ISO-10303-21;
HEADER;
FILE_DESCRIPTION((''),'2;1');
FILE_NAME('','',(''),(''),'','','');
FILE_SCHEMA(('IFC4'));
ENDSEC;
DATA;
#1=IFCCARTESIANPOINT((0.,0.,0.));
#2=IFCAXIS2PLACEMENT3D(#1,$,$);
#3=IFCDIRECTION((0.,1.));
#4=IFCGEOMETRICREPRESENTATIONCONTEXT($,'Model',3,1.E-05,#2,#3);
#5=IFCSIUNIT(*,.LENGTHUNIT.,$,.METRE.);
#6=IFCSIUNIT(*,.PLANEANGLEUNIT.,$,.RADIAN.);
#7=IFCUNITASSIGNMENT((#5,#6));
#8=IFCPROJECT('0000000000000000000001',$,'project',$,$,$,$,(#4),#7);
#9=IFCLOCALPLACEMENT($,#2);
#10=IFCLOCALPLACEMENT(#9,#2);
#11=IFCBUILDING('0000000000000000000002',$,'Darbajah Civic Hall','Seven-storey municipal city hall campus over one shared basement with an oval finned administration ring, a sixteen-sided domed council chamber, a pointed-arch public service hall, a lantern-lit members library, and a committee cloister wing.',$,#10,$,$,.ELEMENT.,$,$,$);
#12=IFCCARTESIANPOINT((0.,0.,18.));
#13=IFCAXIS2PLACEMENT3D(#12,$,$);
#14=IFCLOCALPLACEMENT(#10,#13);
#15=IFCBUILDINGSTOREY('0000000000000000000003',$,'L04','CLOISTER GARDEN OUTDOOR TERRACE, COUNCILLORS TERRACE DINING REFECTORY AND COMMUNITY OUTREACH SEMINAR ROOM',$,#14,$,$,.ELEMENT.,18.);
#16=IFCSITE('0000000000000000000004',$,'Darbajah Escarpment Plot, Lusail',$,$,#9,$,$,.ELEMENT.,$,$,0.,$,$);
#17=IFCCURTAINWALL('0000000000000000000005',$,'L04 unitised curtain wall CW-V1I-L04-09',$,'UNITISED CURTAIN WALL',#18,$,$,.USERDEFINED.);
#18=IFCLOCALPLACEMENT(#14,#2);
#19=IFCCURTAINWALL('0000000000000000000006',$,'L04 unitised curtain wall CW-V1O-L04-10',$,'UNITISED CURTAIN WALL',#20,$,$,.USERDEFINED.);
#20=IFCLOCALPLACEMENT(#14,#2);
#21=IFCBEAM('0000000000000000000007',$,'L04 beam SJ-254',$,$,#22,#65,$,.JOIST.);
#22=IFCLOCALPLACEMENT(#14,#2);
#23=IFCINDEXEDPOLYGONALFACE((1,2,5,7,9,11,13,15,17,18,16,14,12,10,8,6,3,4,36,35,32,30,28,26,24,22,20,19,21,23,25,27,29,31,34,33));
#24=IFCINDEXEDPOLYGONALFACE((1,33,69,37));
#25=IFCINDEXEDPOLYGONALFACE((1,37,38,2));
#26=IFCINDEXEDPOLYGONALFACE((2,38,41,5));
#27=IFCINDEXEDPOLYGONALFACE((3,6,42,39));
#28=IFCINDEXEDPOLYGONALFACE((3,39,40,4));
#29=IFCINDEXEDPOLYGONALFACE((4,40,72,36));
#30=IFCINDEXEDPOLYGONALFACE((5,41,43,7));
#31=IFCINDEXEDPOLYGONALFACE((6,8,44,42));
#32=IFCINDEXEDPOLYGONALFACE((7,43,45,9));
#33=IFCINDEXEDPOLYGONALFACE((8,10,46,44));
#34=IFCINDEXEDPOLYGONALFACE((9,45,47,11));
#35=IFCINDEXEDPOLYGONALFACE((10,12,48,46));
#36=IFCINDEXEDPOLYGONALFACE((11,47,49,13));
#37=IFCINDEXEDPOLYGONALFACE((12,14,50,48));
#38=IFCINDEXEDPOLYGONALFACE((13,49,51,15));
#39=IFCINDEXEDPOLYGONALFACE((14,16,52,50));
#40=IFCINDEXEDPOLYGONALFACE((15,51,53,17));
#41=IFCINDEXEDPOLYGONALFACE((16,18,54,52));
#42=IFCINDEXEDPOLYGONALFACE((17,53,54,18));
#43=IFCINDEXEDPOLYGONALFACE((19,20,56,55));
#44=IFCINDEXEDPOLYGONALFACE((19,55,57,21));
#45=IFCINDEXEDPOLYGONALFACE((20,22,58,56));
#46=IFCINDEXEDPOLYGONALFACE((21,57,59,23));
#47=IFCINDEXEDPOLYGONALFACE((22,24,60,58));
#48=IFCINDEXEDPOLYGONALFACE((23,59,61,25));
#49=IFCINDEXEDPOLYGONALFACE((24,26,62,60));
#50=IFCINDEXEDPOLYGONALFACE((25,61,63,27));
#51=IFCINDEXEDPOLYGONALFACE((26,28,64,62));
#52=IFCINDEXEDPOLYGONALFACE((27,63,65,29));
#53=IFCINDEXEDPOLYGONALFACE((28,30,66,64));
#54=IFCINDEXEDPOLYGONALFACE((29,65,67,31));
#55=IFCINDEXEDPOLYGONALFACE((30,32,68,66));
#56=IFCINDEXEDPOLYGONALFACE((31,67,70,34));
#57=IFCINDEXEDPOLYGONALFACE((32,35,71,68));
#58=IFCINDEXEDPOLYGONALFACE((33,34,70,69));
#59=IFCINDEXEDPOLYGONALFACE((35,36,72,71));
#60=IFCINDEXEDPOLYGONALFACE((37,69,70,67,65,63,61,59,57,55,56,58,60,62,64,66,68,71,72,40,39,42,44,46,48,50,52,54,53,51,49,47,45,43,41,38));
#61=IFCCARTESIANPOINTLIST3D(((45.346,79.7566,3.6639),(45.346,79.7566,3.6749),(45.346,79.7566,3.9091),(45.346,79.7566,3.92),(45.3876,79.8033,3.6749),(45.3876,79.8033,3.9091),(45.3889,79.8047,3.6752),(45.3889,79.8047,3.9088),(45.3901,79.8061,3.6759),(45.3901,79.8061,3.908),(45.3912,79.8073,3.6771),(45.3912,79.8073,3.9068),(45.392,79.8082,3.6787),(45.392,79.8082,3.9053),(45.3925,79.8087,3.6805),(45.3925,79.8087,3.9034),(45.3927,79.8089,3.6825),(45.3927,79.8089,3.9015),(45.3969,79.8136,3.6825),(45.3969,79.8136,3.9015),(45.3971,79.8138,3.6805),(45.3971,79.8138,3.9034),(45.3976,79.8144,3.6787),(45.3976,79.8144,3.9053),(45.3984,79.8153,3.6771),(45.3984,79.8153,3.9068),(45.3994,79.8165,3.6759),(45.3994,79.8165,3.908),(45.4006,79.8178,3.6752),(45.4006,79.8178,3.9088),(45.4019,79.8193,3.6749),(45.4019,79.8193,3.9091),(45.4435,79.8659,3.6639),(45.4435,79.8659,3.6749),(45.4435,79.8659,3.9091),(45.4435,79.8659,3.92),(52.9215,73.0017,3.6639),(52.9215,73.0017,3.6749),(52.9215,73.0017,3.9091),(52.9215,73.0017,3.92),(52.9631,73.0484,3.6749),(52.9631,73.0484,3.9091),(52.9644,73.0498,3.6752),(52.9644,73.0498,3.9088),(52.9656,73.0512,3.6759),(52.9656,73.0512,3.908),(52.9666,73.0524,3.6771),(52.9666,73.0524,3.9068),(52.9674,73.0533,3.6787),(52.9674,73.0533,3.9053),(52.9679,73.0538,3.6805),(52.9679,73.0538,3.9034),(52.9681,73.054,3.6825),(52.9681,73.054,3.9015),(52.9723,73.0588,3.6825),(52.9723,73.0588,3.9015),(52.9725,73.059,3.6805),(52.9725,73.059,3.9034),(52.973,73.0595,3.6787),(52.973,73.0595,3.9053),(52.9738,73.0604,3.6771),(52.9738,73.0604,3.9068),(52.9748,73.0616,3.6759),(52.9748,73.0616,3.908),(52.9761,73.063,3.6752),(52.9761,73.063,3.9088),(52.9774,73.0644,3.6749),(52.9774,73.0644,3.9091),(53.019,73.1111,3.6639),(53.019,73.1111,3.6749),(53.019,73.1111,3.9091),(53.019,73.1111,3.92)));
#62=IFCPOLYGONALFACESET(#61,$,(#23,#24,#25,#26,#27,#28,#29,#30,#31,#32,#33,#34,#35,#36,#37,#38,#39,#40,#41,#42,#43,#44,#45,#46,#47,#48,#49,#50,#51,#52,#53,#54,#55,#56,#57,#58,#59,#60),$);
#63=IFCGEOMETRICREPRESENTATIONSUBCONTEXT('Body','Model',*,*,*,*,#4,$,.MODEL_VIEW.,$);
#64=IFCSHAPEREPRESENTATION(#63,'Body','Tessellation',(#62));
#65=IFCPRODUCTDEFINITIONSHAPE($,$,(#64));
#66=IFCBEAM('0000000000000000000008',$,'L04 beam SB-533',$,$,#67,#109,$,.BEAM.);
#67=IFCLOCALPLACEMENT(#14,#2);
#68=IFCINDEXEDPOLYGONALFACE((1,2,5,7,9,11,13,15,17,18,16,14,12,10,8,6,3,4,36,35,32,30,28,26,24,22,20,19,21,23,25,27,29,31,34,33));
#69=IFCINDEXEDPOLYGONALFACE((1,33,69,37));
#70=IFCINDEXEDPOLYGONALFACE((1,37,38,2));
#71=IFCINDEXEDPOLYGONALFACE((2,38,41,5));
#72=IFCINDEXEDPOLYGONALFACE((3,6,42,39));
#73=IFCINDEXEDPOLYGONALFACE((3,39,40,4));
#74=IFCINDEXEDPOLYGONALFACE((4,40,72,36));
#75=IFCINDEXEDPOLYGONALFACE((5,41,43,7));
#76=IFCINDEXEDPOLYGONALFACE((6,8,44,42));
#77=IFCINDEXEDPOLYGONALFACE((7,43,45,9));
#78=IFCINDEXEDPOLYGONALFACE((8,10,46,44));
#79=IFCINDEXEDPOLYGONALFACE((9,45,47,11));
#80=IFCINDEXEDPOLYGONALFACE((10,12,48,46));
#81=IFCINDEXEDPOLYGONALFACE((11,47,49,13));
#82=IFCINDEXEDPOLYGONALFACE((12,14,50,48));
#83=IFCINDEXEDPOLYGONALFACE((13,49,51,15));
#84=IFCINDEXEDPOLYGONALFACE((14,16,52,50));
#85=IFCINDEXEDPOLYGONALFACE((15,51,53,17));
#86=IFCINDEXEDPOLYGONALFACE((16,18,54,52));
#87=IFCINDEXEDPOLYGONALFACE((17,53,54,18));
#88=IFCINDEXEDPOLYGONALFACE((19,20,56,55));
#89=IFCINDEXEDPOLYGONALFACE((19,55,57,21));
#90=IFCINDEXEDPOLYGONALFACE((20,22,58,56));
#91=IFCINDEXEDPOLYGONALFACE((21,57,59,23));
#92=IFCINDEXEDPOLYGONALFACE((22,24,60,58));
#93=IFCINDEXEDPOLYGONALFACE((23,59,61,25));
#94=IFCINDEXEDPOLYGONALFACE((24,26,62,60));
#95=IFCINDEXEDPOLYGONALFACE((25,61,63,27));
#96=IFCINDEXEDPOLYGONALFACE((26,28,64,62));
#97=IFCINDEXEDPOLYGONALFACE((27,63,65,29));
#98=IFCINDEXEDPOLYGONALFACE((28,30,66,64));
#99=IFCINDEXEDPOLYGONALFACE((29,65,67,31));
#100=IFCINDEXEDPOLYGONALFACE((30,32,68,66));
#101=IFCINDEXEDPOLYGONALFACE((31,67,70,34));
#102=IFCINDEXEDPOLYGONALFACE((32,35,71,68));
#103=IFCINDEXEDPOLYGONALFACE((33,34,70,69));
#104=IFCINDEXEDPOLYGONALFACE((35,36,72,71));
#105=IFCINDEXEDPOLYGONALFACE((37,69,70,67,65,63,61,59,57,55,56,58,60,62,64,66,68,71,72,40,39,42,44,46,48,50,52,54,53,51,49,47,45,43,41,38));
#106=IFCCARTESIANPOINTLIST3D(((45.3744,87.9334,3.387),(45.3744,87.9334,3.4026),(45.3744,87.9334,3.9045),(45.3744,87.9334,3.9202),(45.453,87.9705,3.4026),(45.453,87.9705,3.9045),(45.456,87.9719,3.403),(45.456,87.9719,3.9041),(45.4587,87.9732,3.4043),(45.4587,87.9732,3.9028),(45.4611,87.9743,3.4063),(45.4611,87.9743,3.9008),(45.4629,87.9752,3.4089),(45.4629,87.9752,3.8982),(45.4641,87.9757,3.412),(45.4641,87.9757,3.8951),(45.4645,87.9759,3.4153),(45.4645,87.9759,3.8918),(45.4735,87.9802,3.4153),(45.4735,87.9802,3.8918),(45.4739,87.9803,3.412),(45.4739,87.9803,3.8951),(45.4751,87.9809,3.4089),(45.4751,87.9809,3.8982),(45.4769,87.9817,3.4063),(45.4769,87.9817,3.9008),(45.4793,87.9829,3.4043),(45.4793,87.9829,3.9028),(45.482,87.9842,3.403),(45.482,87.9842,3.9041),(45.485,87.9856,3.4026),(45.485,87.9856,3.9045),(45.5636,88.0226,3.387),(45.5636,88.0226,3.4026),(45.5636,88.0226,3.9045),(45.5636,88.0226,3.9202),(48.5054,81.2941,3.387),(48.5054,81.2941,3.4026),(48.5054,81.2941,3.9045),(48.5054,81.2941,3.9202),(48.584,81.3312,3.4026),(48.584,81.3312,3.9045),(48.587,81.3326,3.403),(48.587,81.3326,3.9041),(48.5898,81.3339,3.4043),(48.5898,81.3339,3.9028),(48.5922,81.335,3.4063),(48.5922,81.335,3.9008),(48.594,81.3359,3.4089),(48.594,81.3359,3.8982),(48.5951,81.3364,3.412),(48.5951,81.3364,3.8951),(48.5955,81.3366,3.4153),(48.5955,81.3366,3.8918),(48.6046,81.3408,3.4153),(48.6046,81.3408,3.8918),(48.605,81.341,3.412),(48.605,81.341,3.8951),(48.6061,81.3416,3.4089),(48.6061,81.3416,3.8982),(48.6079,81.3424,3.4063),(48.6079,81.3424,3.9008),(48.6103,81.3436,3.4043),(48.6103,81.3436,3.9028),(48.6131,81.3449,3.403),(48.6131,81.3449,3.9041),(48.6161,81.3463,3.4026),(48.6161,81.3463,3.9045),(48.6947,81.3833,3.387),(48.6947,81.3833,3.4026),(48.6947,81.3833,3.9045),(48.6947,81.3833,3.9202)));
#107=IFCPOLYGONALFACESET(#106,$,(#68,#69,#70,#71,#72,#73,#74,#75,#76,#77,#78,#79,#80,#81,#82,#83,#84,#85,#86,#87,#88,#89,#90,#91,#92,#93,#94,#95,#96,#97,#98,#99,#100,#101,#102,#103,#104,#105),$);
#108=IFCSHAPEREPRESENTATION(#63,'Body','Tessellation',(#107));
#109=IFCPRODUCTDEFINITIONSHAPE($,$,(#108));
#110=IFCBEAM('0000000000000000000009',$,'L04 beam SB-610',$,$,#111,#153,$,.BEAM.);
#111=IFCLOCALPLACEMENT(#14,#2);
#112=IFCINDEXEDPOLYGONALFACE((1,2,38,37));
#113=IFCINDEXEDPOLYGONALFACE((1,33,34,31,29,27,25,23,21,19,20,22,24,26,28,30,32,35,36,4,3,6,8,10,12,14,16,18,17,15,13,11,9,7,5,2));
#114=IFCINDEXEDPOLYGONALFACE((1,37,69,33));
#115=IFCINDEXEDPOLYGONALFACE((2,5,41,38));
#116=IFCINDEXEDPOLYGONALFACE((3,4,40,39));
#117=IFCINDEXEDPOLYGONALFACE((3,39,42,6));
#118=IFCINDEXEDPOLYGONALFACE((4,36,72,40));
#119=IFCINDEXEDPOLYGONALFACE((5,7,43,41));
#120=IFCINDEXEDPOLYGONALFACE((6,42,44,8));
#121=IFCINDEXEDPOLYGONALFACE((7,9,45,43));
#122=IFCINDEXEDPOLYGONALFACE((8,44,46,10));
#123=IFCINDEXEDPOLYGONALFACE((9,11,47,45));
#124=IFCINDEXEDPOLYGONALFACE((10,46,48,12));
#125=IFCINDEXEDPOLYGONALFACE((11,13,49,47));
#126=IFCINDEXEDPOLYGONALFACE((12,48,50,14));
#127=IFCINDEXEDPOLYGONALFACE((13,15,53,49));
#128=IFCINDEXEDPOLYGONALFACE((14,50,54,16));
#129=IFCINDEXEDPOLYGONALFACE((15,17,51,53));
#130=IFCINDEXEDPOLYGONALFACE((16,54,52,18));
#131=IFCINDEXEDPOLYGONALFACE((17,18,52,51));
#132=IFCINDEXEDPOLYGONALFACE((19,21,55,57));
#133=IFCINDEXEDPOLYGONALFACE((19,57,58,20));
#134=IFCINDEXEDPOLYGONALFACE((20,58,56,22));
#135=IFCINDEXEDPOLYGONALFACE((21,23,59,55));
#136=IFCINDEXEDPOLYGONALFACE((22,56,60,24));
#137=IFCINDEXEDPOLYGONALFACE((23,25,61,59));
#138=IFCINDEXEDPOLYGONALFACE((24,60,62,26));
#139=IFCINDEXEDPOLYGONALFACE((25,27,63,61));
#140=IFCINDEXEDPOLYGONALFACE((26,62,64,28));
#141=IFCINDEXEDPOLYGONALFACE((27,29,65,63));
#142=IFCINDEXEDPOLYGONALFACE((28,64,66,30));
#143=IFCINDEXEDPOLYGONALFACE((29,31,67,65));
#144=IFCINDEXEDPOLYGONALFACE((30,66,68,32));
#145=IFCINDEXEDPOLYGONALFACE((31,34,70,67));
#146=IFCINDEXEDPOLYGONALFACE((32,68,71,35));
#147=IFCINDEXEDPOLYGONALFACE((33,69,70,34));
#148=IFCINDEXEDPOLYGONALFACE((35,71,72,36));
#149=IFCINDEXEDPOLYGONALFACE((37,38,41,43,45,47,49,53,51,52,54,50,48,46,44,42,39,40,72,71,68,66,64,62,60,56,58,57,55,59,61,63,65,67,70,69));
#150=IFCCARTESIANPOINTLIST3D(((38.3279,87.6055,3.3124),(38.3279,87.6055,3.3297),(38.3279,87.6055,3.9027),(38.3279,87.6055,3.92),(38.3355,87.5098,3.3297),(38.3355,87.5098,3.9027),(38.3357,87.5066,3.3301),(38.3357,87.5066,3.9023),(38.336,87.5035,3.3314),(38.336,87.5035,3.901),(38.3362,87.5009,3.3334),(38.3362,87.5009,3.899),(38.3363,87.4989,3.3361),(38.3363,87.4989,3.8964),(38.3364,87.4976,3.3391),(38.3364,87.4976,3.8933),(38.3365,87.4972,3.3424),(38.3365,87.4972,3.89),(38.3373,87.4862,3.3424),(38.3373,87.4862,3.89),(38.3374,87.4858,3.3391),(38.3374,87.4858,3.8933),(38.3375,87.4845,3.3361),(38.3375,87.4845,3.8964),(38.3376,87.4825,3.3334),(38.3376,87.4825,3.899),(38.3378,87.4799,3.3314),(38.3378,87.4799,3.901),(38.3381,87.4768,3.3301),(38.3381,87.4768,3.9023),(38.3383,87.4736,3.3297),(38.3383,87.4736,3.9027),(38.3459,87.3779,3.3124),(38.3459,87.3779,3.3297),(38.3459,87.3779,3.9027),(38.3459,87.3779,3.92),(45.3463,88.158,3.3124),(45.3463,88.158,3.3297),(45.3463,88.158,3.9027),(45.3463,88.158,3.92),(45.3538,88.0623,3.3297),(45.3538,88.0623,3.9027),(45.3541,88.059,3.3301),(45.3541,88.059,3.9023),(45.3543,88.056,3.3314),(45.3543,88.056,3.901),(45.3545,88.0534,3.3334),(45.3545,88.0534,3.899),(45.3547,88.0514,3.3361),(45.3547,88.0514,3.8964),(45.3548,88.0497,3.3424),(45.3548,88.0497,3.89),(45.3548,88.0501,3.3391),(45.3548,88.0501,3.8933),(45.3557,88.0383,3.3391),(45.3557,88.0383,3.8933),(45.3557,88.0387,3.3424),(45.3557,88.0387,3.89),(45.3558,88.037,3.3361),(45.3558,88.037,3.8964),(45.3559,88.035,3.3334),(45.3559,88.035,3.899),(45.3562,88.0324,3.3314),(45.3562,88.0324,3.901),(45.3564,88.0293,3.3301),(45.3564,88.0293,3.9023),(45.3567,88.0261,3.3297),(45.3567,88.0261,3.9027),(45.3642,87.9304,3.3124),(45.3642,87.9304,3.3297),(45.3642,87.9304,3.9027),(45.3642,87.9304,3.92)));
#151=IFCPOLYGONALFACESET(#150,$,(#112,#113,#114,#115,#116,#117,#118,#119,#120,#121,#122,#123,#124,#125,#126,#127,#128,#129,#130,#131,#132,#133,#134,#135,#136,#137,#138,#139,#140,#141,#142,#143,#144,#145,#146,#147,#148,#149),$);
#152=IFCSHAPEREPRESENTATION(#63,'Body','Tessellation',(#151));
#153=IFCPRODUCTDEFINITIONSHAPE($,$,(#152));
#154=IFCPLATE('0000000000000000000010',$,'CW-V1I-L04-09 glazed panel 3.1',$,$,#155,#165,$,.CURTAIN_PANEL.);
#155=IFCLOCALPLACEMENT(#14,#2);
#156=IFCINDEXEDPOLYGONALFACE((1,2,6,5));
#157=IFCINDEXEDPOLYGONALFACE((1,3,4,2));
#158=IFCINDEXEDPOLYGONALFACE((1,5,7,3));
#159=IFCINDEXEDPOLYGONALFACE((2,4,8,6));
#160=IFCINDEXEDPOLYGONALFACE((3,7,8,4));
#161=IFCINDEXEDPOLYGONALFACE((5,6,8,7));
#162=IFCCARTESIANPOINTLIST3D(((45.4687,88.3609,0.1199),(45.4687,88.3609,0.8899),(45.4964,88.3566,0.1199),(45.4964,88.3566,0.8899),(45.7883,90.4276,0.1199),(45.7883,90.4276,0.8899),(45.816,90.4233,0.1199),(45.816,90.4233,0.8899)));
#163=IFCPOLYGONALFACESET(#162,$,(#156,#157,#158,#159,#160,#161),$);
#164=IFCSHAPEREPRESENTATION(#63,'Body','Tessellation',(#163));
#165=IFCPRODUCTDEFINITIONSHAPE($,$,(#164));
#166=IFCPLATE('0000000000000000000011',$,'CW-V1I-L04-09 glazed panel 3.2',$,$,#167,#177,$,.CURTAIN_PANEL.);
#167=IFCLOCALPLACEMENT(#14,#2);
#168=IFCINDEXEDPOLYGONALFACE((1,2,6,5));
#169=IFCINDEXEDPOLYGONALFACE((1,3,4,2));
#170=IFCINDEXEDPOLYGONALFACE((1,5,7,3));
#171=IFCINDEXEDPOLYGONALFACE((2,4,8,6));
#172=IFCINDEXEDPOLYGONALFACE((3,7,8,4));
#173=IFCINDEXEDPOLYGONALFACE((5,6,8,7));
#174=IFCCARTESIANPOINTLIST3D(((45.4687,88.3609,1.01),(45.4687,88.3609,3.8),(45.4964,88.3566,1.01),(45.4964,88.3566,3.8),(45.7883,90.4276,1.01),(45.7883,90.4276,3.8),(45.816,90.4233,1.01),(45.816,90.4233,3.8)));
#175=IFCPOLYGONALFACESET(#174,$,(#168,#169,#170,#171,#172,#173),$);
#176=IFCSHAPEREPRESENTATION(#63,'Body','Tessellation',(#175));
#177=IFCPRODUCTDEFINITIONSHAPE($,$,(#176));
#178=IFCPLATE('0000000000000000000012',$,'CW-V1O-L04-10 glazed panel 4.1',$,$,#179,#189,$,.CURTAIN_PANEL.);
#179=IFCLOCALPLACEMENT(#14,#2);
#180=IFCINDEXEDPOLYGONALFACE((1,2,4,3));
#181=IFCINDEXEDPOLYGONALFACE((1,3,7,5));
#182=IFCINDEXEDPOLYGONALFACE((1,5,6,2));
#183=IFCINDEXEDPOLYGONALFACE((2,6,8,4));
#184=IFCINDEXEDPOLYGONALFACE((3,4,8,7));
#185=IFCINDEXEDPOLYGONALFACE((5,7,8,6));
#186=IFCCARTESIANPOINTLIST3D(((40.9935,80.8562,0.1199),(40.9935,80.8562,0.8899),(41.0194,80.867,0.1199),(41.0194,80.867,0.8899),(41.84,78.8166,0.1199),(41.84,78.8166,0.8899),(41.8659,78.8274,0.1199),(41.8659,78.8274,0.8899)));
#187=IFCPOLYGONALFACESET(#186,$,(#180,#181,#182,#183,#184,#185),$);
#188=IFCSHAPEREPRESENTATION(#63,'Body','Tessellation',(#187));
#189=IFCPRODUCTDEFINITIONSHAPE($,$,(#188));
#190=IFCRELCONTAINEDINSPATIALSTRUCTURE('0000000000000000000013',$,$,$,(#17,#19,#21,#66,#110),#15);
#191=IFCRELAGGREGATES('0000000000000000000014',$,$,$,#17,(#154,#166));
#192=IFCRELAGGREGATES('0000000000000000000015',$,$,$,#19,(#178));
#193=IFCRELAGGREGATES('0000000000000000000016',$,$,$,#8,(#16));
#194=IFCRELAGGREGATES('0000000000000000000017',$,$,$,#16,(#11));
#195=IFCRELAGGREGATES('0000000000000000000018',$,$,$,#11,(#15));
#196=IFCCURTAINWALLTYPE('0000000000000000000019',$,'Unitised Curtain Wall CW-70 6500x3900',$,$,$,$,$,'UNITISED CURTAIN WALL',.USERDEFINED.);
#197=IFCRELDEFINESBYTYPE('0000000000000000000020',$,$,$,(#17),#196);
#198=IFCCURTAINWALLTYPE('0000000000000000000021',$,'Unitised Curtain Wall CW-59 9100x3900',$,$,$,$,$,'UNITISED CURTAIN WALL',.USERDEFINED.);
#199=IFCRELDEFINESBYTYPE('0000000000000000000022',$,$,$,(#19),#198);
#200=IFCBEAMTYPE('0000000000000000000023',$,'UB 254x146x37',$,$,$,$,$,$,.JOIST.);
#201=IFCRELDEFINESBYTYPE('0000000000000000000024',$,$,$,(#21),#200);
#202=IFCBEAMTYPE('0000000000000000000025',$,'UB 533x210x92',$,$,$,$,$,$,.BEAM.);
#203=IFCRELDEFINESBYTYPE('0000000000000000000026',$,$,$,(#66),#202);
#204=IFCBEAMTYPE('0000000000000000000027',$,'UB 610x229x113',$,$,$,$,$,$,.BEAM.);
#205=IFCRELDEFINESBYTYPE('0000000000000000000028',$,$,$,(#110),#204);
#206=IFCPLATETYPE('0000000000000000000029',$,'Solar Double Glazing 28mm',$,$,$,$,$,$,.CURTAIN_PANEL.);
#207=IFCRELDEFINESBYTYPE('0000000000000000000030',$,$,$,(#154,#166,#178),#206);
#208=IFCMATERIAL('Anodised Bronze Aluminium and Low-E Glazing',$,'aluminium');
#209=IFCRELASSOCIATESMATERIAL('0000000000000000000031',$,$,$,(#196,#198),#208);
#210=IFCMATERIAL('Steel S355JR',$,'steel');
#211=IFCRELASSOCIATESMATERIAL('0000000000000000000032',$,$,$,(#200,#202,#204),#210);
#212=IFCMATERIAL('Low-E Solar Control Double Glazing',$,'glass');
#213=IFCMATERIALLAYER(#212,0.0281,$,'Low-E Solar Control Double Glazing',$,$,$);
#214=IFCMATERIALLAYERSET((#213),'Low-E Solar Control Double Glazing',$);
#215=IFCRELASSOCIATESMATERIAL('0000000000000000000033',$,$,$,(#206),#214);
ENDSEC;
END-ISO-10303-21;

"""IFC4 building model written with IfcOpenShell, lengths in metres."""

from ifc_helpers import new_model, si_unit, direction, frame, origin, origin_2d, place, context, subcontext, project, spatial, rectangle, i_section, extrude, material, layer, layer_set, material_profile, profile_set, type_object, element, aggregate, save


model = new_model("IFC4")

# Units and contexts
model_context = context("Model", 3, precision=1e-05, world=origin(), true_north=direction((0.0, 1.0)))
body_context = subcontext(model_context, "Body", "Model", "MODEL_VIEW")
ifc_project = project(units=[si_unit("LENGTHUNIT", "METRE"), si_unit("PLANEANGLEUNIT", "RADIAN")], contexts=[model_context])

# Site, building, storey
site_placement = place(None, origin())
site = spatial("IfcSite", under=ifc_project, at=site_placement, Name="Darbajah Escarpment Plot, Lusail", CompositionType="ELEMENT", RefElevation=0.0)
building_placement = place(site_placement, origin())
building = spatial("IfcBuilding", under=site, at=building_placement, Name="Darbajah Civic Hall", Description="Seven-storey municipal city hall campus over one shared basement with an oval finned administration ring, a sixteen-sided domed council chamber, a pointed-arch public service hall, a lantern-lit members library, and a committee cloister wing.", CompositionType="ELEMENT")
storey_placement = place(building_placement, frame((0.0, 0.0, 18.0)))
storey = spatial("IfcBuildingStorey", under=building, at=storey_placement, Name="L04", Description="CLOISTER GARDEN OUTDOOR TERRACE, COUNCILLORS TERRACE DINING REFECTORY AND COMMUNITY OUTREACH SEMINAR ROOM", CompositionType="ELEMENT", Elevation=18.0)

# Curtain wall
ifc_material_1 = material(Name="Anodised Bronze Aluminium and Low-E Glazing", Category="aluminium")
curtain_wall_type_1 = type_object("IfcCurtainWallType", Name="Unitised Curtain Wall CW-70 6500x3900", ElementType="UNITISED CURTAIN WALL", PredefinedType="USERDEFINED", material=ifc_material_1)
curtain_wall_1_placement = place(storey_placement, origin())
curtain_wall_1 = element("IfcCurtainWall", 1, at=curtain_wall_1_placement, inside=storey, type_object=curtain_wall_type_1, Name="L04 unitised curtain wall CW-V1I-L04-09", ObjectType="UNITISED CURTAIN WALL", PredefinedType="USERDEFINED")

# Curtain wall
curtain_wall_type_2 = type_object("IfcCurtainWallType", Name="Unitised Curtain Wall CW-59 9100x3900", ElementType="UNITISED CURTAIN WALL", PredefinedType="USERDEFINED", material=ifc_material_1)
curtain_wall_2_placement = place(storey_placement, origin())
curtain_wall_2 = element("IfcCurtainWall", 2, at=curtain_wall_2_placement, inside=storey, type_object=curtain_wall_type_2, Name="L04 unitised curtain wall CW-V1O-L04-10", ObjectType="UNITISED CURTAIN WALL", PredefinedType="USERDEFINED")

# Beams
ifc_material_2 = material(Name="Steel S355JR", Category="steel")
ifc_material_profile_1 = material_profile(ifc_material_2, i_section(OverallWidth=0.1465, OverallDepth=0.2561, WebThickness=0.0063, FlangeThickness=0.011, FilletRadius=0.0076, at=origin_2d()), Name="UB 254x146x37")
ifc_profile_set_1 = profile_set([ifc_material_profile_1], Name="Steel S355JR")
beam_type_1 = type_object("IfcBeamType", Name="UB 254x146x37", PredefinedType="JOIST", material=ifc_profile_set_1)
beam_1_placement = place(storey_placement, frame((45.3948, 79.8113, 3.792), z_axis=(0.746373, -0.665528, 0.0), x_axis=(0.665528, 0.746373, 0.0)))
element("IfcBeam", 3, at=beam_1_placement, inside=storey, type_object=beam_type_1, Name="L04 beam SJ-254", PredefinedType="JOIST", context=body_context, shape_type="SweptSolid", body=[
    extrude(i_section(OverallWidth=0.1465, OverallDepth=0.2561, WebThickness=0.0063, FlangeThickness=0.011, FilletRadius=0.0076, at=origin_2d()), origin(), (0.0, 0.0, 1.0), 10.1497),
])
ifc_material_profile_2 = material_profile(ifc_material_2, i_section(OverallWidth=0.2092, OverallDepth=0.5332, WebThickness=0.01, FlangeThickness=0.0156, FilletRadius=0.0127, at=origin_2d()), Name="UB 533x210x92")
ifc_profile_set_2 = profile_set([ifc_material_profile_2], Name="Steel S355JR")
beam_type_2 = type_object("IfcBeamType", Name="UB 533x210x92", PredefinedType="BEAM", material=ifc_profile_set_2)
beam_2_placement = place(storey_placement, frame((45.469, 87.978, 3.6536), z_axis=(0.426542, -0.904468, 0.0), x_axis=(0.904468, 0.426542, 0.0)))
element("IfcBeam", 4, at=beam_2_placement, inside=storey, type_object=beam_type_2, Name="L04 beam SB-533", PredefinedType="BEAM", context=body_context, shape_type="SweptSolid", body=[
    extrude(i_section(OverallWidth=0.2092, OverallDepth=0.5332, WebThickness=0.01, FlangeThickness=0.0156, FilletRadius=0.0127, at=origin_2d()), origin(), (0.0, 0.0, 1.0), 7.3406),
])
ifc_material_profile_3 = material_profile(ifc_material_2, i_section(OverallWidth=0.2283, OverallDepth=0.6077, WebThickness=0.011, FlangeThickness=0.0173, FilletRadius=0.0127, at=origin_2d()), Name="UB 610x229x113")
ifc_profile_set_3 = profile_set([ifc_material_profile_3], Name="Steel S355JR")
beam_type_3 = type_object("IfcBeamType", Name="UB 610x229x113", PredefinedType="BEAM", material=ifc_profile_set_3)
beam_3_placement = place(storey_placement, frame((45.3552, 88.0442, 3.6162), z_axis=(-0.996916, -0.078478, 0.0), x_axis=(0.078478, -0.996916, 0.0)))
element("IfcBeam", 5, at=beam_3_placement, inside=storey, type_object=beam_type_3, Name="L04 beam SB-610", PredefinedType="BEAM", context=body_context, shape_type="SweptSolid", body=[
    extrude(i_section(OverallWidth=0.2283, OverallDepth=0.6077, WebThickness=0.011, FlangeThickness=0.0173, FilletRadius=0.0127, at=origin_2d()), origin(), (0.0, 0.0, 1.0), 7.04),
])

# Plates
ifc_material_3 = material(Name="Low-E Solar Control Double Glazing", Category="glass")
ifc_layer_1 = layer(ifc_material_3, 0.0281, Name="Low-E Solar Control Double Glazing")
ifc_layer_set_1 = layer_set([ifc_layer_1], Name="Low-E Solar Control Double Glazing")
plate_type = type_object("IfcPlateType", Name="Solar Double Glazing 28mm", PredefinedType="CURTAIN_PANEL", material=ifc_layer_set_1)
plate_1_placement = place(storey_placement, frame((45.6423, 89.3921, 0.1199), z_axis=(0.0, 0.0, 1.0), x_axis=(-0.152813, -0.988255, 0.0)))
plate_1 = element("IfcPlate", 6, at=plate_1_placement, type_object=plate_type, Name="CW-V1I-L04-09 glazed panel 3.1", PredefinedType="CURTAIN_PANEL", context=body_context, shape_type="SweptSolid", body=[
    extrude(rectangle(XDim=2.0913, YDim=0.0281, at=origin_2d()), origin(), (0.0, 0.0, 1.0), 0.77),
])
plate_2_placement = place(storey_placement, frame((45.6423, 89.3921, 1.01), z_axis=(0.0, 0.0, 1.0), x_axis=(-0.152813, -0.988255, 0.0)))
plate_2 = element("IfcPlate", 7, at=plate_2_placement, type_object=plate_type, Name="CW-V1I-L04-09 glazed panel 3.2", PredefinedType="CURTAIN_PANEL", context=body_context, shape_type="SweptSolid", body=[
    extrude(rectangle(XDim=2.0913, YDim=0.0281, at=origin_2d()), origin(), (0.0, 0.0, 1.0), 2.79),
])
aggregate(curtain_wall_1, [plate_1, plate_2])
plate_3_placement = place(storey_placement, frame((41.4297, 79.8418, 0.1199), z_axis=(0.0, 0.0, 1.0), x_axis=(0.383328, -0.923612, 0.0)))
plate_3 = element("IfcPlate", 8, at=plate_3_placement, type_object=plate_type, Name="CW-V1O-L04-10 glazed panel 4.1", PredefinedType="CURTAIN_PANEL", context=body_context, shape_type="SweptSolid", body=[
    extrude(rectangle(XDim=2.2083, YDim=0.0281, at=origin_2d()), origin(), (0.0, 0.0, 1.0), 0.77),
])
aggregate(curtain_wall_2, [plate_3])

save(model, "model.ifc")
